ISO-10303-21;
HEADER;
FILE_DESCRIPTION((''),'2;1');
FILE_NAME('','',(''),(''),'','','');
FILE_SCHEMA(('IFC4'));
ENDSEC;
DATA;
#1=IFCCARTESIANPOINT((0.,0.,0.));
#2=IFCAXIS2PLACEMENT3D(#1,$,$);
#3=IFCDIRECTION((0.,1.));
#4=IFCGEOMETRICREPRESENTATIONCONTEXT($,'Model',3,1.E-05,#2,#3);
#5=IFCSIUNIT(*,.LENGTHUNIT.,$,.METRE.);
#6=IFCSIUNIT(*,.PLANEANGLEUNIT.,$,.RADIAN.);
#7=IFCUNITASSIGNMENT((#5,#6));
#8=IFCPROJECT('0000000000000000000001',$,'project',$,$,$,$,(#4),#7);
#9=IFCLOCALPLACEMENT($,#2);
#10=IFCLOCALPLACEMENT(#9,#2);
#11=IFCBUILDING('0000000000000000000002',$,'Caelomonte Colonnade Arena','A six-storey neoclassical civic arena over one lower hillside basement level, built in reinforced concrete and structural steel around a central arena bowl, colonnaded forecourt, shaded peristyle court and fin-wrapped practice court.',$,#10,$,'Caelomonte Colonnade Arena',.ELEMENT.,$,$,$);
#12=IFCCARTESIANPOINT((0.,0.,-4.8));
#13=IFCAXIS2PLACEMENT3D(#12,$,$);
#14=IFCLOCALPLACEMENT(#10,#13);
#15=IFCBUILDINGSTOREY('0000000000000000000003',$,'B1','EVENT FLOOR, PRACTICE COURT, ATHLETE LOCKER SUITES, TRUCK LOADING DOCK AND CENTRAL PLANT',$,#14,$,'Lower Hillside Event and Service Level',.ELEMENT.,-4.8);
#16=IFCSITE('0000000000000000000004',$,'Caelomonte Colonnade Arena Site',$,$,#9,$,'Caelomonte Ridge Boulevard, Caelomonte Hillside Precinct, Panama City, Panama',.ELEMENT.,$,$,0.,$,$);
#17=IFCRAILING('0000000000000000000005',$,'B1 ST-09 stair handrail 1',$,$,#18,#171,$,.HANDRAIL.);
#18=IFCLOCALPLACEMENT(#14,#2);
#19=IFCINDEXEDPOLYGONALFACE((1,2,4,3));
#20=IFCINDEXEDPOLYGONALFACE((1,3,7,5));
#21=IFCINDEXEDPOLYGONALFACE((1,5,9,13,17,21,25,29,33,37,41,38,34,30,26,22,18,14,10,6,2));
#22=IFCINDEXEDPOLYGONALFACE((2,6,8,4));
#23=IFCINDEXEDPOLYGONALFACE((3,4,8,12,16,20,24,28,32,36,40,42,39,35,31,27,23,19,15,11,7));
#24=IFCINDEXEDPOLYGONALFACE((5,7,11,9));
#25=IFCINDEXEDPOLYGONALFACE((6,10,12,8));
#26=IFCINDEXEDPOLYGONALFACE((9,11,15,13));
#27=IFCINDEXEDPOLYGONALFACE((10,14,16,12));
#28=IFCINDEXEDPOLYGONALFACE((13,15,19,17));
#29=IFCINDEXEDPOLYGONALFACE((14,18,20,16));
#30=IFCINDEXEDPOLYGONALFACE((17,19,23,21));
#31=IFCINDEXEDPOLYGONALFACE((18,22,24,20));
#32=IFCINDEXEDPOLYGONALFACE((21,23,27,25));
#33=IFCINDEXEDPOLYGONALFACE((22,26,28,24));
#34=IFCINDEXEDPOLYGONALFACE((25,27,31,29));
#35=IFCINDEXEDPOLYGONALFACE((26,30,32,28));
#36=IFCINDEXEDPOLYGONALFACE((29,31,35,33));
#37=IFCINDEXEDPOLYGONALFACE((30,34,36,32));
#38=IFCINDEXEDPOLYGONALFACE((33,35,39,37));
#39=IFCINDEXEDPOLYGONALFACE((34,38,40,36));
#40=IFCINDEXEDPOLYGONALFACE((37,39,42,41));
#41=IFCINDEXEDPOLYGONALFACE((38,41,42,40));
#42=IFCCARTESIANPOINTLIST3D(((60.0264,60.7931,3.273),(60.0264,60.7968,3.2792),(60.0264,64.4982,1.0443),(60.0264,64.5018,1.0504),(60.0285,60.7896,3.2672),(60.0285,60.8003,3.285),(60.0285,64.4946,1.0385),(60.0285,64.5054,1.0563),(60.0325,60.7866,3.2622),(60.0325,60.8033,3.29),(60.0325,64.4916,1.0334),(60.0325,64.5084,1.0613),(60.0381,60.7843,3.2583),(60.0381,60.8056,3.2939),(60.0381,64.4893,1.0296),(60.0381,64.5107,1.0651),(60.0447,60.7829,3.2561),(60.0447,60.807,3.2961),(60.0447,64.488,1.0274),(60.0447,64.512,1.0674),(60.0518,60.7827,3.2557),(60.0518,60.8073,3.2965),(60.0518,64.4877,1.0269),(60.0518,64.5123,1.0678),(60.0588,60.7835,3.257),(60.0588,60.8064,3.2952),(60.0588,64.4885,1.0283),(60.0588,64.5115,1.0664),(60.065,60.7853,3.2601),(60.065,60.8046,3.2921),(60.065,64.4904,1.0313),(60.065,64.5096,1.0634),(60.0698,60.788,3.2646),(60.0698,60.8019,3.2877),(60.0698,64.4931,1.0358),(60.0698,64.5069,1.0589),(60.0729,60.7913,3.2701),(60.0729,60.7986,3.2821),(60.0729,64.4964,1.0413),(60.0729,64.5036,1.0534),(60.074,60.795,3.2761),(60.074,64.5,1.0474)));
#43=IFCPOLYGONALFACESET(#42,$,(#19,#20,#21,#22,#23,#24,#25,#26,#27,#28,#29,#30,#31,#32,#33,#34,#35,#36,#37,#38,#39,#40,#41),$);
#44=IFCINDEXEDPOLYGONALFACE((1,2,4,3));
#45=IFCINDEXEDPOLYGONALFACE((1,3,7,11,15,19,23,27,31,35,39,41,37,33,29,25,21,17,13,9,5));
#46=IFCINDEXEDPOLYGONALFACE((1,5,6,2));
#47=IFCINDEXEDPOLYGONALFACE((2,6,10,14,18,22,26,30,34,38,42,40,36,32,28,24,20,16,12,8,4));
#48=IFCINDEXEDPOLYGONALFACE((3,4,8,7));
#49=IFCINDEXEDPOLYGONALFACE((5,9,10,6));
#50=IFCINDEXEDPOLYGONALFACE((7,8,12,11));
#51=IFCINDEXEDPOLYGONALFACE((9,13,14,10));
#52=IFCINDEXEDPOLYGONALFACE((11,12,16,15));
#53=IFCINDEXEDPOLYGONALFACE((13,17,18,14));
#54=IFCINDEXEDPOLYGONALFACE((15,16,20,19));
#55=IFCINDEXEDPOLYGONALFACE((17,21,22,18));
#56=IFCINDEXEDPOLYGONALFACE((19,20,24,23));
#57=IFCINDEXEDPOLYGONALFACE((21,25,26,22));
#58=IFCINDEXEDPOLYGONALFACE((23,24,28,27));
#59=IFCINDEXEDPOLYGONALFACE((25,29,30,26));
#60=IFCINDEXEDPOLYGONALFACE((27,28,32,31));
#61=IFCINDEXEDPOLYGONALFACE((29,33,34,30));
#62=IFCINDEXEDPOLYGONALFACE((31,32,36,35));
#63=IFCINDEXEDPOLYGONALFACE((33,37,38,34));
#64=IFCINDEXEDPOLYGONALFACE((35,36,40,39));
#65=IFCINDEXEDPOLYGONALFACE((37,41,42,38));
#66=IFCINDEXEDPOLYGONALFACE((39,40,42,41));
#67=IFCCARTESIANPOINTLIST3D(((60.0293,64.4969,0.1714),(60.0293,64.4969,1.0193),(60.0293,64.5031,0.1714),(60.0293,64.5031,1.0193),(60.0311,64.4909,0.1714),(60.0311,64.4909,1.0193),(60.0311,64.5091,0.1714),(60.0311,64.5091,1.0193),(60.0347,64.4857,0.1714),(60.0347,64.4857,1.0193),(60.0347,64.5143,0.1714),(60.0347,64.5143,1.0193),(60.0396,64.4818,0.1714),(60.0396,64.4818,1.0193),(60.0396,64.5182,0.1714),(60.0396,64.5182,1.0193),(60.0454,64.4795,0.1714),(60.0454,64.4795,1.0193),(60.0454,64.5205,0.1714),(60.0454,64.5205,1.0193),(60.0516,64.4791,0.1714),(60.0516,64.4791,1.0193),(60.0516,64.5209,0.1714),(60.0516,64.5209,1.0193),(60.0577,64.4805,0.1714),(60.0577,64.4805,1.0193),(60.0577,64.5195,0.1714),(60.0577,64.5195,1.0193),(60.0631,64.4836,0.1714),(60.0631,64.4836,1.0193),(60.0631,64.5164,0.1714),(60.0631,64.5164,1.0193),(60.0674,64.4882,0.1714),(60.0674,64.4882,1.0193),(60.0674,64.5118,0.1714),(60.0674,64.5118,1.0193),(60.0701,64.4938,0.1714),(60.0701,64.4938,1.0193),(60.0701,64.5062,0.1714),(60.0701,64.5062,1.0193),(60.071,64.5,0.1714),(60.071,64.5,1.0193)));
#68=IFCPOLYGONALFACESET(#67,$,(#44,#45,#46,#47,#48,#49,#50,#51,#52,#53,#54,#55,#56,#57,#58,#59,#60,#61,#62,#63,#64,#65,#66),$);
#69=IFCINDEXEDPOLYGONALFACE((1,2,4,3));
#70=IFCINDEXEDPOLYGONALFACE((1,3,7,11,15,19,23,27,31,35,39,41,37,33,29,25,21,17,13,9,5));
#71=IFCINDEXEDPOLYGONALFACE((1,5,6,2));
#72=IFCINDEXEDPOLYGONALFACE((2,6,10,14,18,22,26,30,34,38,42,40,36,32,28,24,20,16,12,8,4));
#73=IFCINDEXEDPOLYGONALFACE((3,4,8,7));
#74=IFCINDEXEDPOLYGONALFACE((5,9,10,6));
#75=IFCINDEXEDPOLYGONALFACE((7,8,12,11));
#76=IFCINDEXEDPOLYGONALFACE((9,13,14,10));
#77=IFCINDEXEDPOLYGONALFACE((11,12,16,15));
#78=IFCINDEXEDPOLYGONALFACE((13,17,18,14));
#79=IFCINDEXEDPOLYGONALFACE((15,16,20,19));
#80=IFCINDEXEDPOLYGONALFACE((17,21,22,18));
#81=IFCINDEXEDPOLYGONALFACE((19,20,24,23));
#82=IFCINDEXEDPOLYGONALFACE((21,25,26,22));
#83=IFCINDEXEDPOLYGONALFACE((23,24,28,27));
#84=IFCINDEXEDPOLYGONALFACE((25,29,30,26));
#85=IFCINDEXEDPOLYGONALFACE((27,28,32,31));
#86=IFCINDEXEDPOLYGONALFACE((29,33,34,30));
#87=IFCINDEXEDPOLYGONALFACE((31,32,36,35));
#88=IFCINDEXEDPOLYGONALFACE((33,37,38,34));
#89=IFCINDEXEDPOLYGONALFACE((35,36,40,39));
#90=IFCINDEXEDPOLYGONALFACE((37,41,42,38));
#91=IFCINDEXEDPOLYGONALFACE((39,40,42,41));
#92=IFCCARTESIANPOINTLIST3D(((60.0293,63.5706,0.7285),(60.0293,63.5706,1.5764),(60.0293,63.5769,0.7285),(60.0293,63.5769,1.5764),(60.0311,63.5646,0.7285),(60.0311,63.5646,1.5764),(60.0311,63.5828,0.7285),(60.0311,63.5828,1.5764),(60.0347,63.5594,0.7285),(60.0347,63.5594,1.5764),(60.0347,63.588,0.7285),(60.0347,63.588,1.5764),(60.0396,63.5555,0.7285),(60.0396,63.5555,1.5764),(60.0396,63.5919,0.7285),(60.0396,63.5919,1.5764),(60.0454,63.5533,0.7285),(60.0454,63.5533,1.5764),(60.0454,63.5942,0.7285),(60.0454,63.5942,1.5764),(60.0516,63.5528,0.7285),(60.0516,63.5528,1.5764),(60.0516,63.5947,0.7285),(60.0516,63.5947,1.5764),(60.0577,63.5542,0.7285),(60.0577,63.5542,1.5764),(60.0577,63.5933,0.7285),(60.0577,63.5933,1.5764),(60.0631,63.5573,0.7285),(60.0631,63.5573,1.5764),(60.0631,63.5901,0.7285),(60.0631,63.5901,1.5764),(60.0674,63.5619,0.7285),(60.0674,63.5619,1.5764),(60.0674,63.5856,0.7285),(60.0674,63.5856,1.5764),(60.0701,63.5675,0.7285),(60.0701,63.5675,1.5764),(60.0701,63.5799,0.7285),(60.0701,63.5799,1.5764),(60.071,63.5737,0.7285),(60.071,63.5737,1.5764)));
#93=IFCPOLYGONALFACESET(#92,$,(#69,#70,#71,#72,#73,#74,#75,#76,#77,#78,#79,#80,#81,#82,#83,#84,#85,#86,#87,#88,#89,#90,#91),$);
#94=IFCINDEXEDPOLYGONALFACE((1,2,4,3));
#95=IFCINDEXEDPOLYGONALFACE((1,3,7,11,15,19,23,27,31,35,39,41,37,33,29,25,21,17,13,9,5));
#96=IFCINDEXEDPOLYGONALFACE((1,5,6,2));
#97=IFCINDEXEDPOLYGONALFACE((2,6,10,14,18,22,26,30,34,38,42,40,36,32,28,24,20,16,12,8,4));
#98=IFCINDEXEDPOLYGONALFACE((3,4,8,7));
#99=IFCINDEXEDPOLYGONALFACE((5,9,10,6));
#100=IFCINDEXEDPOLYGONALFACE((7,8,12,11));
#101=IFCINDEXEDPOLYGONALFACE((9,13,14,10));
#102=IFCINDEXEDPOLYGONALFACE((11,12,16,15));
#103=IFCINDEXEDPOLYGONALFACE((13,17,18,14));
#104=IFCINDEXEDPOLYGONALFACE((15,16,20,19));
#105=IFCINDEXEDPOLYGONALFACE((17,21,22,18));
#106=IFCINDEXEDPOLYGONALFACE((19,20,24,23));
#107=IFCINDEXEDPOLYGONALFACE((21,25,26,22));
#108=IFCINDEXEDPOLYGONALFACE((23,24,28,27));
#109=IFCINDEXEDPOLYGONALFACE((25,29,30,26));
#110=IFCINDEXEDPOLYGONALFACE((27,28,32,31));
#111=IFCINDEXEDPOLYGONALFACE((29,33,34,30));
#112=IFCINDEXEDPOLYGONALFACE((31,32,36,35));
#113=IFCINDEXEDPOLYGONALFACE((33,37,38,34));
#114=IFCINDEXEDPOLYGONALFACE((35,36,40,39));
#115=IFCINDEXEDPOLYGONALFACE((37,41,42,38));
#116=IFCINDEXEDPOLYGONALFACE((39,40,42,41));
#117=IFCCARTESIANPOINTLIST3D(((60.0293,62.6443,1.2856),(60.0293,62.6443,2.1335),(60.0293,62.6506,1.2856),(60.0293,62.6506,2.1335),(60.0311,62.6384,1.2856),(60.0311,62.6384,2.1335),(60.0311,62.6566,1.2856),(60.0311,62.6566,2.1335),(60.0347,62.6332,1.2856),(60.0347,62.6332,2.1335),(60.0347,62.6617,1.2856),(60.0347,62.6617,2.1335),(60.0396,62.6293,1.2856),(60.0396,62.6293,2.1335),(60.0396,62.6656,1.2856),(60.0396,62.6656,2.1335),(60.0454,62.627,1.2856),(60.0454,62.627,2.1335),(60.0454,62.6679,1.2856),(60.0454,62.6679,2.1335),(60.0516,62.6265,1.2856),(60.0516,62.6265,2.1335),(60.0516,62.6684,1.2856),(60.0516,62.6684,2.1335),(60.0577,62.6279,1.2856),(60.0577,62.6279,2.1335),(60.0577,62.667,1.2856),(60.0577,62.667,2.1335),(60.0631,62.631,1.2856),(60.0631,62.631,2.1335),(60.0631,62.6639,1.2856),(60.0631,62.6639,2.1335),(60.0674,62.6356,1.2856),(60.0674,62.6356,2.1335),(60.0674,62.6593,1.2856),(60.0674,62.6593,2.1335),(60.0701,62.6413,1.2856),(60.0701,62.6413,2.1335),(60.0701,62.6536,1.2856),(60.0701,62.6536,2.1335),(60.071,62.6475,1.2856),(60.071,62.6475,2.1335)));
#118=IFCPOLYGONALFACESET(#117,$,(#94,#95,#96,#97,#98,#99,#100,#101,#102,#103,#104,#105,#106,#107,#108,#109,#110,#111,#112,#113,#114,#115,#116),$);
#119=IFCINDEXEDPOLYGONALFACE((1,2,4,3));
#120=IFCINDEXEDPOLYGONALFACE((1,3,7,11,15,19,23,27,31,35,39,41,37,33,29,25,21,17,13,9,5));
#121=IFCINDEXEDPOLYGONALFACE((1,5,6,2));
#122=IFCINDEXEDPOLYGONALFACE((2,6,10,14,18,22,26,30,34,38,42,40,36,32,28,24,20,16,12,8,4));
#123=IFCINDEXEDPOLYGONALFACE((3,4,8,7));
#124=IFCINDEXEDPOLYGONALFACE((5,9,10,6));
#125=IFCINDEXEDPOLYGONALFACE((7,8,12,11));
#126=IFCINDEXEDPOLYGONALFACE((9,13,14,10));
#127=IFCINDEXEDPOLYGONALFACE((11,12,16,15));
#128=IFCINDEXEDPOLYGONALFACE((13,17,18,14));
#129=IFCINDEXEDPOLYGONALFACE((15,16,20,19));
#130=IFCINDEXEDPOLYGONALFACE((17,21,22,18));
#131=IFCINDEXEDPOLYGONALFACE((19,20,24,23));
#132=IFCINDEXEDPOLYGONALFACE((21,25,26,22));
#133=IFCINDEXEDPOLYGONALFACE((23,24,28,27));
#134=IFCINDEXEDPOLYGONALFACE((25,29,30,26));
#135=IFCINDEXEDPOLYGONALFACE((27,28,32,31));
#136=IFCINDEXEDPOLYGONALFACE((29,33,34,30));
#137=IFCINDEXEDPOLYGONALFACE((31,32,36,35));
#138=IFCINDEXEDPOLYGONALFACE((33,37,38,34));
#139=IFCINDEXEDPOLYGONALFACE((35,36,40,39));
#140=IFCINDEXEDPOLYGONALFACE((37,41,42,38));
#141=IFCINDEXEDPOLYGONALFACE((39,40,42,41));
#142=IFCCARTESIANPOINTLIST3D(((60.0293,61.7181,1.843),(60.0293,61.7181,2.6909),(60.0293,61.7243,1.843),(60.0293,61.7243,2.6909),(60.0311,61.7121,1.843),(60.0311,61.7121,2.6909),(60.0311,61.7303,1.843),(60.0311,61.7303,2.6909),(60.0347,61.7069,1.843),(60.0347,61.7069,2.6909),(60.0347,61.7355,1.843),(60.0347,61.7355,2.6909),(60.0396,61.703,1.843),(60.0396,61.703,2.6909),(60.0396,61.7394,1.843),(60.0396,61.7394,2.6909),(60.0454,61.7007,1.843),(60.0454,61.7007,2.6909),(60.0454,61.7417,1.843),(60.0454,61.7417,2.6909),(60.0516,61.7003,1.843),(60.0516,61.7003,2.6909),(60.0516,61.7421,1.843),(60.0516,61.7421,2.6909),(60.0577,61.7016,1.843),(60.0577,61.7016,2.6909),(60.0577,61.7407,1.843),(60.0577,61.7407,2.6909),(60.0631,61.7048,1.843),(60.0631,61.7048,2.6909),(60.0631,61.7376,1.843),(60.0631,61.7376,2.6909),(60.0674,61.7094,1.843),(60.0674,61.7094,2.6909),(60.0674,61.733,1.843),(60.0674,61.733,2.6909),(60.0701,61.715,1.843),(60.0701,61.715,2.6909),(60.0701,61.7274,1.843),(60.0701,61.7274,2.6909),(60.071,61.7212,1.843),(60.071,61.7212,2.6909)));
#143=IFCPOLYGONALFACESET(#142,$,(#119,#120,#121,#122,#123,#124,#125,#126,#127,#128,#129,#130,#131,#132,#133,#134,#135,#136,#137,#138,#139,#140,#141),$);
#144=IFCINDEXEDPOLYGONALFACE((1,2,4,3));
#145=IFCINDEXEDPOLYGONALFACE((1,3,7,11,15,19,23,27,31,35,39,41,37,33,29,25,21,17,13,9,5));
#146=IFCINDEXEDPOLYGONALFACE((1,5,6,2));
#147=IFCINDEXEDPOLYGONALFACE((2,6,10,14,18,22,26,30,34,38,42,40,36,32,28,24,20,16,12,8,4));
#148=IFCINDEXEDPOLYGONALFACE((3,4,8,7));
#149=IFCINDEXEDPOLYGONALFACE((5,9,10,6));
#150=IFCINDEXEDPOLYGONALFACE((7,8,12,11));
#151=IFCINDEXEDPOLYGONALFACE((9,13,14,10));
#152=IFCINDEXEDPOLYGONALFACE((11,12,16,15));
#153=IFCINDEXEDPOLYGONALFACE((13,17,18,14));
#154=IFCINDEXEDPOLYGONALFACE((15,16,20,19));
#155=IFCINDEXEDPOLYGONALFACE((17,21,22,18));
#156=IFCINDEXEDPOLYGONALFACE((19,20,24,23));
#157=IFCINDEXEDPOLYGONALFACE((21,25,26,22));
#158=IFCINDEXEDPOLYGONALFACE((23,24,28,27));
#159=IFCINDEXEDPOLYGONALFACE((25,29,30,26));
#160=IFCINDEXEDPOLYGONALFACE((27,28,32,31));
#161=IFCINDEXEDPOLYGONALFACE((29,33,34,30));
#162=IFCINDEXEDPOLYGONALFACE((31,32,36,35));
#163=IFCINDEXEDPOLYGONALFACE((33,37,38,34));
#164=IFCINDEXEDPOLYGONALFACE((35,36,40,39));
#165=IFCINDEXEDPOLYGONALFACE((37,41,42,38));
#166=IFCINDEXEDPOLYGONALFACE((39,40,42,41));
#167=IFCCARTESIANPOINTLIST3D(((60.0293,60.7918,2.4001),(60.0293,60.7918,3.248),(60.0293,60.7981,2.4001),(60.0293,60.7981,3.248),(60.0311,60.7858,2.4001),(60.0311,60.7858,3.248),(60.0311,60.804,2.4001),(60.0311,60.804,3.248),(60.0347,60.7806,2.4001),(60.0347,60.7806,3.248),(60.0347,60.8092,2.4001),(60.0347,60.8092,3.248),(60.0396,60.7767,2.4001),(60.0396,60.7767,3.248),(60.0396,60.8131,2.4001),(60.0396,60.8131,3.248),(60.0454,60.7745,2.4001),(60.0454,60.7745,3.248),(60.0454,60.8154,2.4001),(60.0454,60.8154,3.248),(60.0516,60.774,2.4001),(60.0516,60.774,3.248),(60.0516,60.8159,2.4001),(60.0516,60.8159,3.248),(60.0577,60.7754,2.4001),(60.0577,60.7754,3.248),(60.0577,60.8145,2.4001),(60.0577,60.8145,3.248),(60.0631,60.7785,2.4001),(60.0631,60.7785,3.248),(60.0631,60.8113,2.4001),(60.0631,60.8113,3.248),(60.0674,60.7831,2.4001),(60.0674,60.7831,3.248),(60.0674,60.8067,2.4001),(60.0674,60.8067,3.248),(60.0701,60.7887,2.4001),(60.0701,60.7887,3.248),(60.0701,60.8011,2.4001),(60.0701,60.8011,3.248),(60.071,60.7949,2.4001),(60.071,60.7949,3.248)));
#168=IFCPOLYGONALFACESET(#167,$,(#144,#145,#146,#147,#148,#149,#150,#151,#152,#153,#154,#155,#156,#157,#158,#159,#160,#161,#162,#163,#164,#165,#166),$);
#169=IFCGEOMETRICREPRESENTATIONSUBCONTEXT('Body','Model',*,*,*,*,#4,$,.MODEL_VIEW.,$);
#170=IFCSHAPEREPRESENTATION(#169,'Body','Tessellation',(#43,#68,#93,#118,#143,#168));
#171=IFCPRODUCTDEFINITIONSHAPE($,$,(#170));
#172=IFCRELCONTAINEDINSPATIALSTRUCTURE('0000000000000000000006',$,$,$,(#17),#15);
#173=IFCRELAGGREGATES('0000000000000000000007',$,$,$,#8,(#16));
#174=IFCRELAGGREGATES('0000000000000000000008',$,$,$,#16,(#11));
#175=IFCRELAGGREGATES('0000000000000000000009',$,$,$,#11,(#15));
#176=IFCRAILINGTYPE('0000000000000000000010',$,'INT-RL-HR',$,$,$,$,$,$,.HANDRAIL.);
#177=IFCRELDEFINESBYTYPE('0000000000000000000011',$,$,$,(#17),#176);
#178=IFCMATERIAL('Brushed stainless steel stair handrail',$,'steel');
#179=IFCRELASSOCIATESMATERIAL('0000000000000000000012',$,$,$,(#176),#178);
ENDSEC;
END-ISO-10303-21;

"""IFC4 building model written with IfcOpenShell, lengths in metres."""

from ifc_helpers import new_model, si_unit, direction, frame, origin, origin_2d, place, context, subcontext, project, spatial, circle, extrude, material, type_object, element, save


model = new_model("IFC4")

# Units and contexts
model_context = context("Model", 3, precision=1e-05, world=origin(), true_north=direction((0.0, 1.0)))
body_context = subcontext(model_context, "Body", "Model", "MODEL_VIEW")
ifc_project = project(units=[si_unit("LENGTHUNIT", "METRE"), si_unit("PLANEANGLEUNIT", "RADIAN")], contexts=[model_context])

# Site, building, storey
site_placement = place(None, origin())
site = spatial("IfcSite", under=ifc_project, at=site_placement, Name="Caelomonte Colonnade Arena Site", LongName="Caelomonte Ridge Boulevard, Caelomonte Hillside Precinct, Panama City, Panama", CompositionType="ELEMENT", RefElevation=0.0)
building_placement = place(site_placement, origin())
building = spatial("IfcBuilding", under=site, at=building_placement, Name="Caelomonte Colonnade Arena", Description="A six-storey neoclassical civic arena over one lower hillside basement level, built in reinforced concrete and structural steel around a central arena bowl, colonnaded forecourt, shaded peristyle court and fin-wrapped practice court.", LongName="Caelomonte Colonnade Arena", CompositionType="ELEMENT")
storey_placement = place(building_placement, frame((0.0, 0.0, -4.8)))
storey = spatial("IfcBuildingStorey", under=building, at=storey_placement, Name="B1", Description="EVENT FLOOR, PRACTICE COURT, ATHLETE LOCKER SUITES, TRUCK LOADING DOCK AND CENTRAL PLANT", LongName="Lower Hillside Event and Service Level", CompositionType="ELEMENT", Elevation=-4.8)

# Railing
ifc_material_1 = material(Name="Brushed stainless steel stair handrail", Category="steel")
railing_type_1 = type_object("IfcRailingType", Name="INT-RL-HR", PredefinedType="HANDRAIL", material=ifc_material_1)
railing_1_placement = place(storey_placement, frame((60.05, 64.5, 0.1714)))
element("IfcRailing", 1, at=railing_1_placement, inside=storey, type_object=railing_type_1, Name="B1 ST-09 stair handrail 1", PredefinedType="HANDRAIL", context=body_context, shape_type="SweptSolid", body=[
    extrude(circle(Radius=0.0239, at=origin_2d()), frame((0.0, 0.0, 0.876), z_axis=(0.0, -0.856909, 0.515467), x_axis=(1.0, 0.0, 0.0)), (0.0, 0.0, 1.0), 4.3237),
    extrude(circle(Radius=0.021, at=origin_2d()), origin(), (0.0, 0.0, 1.0), 0.8479),
    extrude(circle(Radius=0.021, at=origin_2d()), frame((0.0, -0.9263, 0.5571)), (0.0, 0.0, 1.0), 0.8479),
    extrude(circle(Radius=0.021, at=origin_2d()), frame((0.0, -1.8525, 1.1143)), (0.0, 0.0, 1.0), 0.8479),
    extrude(circle(Radius=0.021, at=origin_2d()), frame((0.0, -2.7788, 1.6716)), (0.0, 0.0, 1.0), 0.8479),
    extrude(circle(Radius=0.021, at=origin_2d()), frame((0.0, -3.7051, 2.2288)), (0.0, 0.0, 1.0), 0.8479),
])

save(model, "model.ifc")
